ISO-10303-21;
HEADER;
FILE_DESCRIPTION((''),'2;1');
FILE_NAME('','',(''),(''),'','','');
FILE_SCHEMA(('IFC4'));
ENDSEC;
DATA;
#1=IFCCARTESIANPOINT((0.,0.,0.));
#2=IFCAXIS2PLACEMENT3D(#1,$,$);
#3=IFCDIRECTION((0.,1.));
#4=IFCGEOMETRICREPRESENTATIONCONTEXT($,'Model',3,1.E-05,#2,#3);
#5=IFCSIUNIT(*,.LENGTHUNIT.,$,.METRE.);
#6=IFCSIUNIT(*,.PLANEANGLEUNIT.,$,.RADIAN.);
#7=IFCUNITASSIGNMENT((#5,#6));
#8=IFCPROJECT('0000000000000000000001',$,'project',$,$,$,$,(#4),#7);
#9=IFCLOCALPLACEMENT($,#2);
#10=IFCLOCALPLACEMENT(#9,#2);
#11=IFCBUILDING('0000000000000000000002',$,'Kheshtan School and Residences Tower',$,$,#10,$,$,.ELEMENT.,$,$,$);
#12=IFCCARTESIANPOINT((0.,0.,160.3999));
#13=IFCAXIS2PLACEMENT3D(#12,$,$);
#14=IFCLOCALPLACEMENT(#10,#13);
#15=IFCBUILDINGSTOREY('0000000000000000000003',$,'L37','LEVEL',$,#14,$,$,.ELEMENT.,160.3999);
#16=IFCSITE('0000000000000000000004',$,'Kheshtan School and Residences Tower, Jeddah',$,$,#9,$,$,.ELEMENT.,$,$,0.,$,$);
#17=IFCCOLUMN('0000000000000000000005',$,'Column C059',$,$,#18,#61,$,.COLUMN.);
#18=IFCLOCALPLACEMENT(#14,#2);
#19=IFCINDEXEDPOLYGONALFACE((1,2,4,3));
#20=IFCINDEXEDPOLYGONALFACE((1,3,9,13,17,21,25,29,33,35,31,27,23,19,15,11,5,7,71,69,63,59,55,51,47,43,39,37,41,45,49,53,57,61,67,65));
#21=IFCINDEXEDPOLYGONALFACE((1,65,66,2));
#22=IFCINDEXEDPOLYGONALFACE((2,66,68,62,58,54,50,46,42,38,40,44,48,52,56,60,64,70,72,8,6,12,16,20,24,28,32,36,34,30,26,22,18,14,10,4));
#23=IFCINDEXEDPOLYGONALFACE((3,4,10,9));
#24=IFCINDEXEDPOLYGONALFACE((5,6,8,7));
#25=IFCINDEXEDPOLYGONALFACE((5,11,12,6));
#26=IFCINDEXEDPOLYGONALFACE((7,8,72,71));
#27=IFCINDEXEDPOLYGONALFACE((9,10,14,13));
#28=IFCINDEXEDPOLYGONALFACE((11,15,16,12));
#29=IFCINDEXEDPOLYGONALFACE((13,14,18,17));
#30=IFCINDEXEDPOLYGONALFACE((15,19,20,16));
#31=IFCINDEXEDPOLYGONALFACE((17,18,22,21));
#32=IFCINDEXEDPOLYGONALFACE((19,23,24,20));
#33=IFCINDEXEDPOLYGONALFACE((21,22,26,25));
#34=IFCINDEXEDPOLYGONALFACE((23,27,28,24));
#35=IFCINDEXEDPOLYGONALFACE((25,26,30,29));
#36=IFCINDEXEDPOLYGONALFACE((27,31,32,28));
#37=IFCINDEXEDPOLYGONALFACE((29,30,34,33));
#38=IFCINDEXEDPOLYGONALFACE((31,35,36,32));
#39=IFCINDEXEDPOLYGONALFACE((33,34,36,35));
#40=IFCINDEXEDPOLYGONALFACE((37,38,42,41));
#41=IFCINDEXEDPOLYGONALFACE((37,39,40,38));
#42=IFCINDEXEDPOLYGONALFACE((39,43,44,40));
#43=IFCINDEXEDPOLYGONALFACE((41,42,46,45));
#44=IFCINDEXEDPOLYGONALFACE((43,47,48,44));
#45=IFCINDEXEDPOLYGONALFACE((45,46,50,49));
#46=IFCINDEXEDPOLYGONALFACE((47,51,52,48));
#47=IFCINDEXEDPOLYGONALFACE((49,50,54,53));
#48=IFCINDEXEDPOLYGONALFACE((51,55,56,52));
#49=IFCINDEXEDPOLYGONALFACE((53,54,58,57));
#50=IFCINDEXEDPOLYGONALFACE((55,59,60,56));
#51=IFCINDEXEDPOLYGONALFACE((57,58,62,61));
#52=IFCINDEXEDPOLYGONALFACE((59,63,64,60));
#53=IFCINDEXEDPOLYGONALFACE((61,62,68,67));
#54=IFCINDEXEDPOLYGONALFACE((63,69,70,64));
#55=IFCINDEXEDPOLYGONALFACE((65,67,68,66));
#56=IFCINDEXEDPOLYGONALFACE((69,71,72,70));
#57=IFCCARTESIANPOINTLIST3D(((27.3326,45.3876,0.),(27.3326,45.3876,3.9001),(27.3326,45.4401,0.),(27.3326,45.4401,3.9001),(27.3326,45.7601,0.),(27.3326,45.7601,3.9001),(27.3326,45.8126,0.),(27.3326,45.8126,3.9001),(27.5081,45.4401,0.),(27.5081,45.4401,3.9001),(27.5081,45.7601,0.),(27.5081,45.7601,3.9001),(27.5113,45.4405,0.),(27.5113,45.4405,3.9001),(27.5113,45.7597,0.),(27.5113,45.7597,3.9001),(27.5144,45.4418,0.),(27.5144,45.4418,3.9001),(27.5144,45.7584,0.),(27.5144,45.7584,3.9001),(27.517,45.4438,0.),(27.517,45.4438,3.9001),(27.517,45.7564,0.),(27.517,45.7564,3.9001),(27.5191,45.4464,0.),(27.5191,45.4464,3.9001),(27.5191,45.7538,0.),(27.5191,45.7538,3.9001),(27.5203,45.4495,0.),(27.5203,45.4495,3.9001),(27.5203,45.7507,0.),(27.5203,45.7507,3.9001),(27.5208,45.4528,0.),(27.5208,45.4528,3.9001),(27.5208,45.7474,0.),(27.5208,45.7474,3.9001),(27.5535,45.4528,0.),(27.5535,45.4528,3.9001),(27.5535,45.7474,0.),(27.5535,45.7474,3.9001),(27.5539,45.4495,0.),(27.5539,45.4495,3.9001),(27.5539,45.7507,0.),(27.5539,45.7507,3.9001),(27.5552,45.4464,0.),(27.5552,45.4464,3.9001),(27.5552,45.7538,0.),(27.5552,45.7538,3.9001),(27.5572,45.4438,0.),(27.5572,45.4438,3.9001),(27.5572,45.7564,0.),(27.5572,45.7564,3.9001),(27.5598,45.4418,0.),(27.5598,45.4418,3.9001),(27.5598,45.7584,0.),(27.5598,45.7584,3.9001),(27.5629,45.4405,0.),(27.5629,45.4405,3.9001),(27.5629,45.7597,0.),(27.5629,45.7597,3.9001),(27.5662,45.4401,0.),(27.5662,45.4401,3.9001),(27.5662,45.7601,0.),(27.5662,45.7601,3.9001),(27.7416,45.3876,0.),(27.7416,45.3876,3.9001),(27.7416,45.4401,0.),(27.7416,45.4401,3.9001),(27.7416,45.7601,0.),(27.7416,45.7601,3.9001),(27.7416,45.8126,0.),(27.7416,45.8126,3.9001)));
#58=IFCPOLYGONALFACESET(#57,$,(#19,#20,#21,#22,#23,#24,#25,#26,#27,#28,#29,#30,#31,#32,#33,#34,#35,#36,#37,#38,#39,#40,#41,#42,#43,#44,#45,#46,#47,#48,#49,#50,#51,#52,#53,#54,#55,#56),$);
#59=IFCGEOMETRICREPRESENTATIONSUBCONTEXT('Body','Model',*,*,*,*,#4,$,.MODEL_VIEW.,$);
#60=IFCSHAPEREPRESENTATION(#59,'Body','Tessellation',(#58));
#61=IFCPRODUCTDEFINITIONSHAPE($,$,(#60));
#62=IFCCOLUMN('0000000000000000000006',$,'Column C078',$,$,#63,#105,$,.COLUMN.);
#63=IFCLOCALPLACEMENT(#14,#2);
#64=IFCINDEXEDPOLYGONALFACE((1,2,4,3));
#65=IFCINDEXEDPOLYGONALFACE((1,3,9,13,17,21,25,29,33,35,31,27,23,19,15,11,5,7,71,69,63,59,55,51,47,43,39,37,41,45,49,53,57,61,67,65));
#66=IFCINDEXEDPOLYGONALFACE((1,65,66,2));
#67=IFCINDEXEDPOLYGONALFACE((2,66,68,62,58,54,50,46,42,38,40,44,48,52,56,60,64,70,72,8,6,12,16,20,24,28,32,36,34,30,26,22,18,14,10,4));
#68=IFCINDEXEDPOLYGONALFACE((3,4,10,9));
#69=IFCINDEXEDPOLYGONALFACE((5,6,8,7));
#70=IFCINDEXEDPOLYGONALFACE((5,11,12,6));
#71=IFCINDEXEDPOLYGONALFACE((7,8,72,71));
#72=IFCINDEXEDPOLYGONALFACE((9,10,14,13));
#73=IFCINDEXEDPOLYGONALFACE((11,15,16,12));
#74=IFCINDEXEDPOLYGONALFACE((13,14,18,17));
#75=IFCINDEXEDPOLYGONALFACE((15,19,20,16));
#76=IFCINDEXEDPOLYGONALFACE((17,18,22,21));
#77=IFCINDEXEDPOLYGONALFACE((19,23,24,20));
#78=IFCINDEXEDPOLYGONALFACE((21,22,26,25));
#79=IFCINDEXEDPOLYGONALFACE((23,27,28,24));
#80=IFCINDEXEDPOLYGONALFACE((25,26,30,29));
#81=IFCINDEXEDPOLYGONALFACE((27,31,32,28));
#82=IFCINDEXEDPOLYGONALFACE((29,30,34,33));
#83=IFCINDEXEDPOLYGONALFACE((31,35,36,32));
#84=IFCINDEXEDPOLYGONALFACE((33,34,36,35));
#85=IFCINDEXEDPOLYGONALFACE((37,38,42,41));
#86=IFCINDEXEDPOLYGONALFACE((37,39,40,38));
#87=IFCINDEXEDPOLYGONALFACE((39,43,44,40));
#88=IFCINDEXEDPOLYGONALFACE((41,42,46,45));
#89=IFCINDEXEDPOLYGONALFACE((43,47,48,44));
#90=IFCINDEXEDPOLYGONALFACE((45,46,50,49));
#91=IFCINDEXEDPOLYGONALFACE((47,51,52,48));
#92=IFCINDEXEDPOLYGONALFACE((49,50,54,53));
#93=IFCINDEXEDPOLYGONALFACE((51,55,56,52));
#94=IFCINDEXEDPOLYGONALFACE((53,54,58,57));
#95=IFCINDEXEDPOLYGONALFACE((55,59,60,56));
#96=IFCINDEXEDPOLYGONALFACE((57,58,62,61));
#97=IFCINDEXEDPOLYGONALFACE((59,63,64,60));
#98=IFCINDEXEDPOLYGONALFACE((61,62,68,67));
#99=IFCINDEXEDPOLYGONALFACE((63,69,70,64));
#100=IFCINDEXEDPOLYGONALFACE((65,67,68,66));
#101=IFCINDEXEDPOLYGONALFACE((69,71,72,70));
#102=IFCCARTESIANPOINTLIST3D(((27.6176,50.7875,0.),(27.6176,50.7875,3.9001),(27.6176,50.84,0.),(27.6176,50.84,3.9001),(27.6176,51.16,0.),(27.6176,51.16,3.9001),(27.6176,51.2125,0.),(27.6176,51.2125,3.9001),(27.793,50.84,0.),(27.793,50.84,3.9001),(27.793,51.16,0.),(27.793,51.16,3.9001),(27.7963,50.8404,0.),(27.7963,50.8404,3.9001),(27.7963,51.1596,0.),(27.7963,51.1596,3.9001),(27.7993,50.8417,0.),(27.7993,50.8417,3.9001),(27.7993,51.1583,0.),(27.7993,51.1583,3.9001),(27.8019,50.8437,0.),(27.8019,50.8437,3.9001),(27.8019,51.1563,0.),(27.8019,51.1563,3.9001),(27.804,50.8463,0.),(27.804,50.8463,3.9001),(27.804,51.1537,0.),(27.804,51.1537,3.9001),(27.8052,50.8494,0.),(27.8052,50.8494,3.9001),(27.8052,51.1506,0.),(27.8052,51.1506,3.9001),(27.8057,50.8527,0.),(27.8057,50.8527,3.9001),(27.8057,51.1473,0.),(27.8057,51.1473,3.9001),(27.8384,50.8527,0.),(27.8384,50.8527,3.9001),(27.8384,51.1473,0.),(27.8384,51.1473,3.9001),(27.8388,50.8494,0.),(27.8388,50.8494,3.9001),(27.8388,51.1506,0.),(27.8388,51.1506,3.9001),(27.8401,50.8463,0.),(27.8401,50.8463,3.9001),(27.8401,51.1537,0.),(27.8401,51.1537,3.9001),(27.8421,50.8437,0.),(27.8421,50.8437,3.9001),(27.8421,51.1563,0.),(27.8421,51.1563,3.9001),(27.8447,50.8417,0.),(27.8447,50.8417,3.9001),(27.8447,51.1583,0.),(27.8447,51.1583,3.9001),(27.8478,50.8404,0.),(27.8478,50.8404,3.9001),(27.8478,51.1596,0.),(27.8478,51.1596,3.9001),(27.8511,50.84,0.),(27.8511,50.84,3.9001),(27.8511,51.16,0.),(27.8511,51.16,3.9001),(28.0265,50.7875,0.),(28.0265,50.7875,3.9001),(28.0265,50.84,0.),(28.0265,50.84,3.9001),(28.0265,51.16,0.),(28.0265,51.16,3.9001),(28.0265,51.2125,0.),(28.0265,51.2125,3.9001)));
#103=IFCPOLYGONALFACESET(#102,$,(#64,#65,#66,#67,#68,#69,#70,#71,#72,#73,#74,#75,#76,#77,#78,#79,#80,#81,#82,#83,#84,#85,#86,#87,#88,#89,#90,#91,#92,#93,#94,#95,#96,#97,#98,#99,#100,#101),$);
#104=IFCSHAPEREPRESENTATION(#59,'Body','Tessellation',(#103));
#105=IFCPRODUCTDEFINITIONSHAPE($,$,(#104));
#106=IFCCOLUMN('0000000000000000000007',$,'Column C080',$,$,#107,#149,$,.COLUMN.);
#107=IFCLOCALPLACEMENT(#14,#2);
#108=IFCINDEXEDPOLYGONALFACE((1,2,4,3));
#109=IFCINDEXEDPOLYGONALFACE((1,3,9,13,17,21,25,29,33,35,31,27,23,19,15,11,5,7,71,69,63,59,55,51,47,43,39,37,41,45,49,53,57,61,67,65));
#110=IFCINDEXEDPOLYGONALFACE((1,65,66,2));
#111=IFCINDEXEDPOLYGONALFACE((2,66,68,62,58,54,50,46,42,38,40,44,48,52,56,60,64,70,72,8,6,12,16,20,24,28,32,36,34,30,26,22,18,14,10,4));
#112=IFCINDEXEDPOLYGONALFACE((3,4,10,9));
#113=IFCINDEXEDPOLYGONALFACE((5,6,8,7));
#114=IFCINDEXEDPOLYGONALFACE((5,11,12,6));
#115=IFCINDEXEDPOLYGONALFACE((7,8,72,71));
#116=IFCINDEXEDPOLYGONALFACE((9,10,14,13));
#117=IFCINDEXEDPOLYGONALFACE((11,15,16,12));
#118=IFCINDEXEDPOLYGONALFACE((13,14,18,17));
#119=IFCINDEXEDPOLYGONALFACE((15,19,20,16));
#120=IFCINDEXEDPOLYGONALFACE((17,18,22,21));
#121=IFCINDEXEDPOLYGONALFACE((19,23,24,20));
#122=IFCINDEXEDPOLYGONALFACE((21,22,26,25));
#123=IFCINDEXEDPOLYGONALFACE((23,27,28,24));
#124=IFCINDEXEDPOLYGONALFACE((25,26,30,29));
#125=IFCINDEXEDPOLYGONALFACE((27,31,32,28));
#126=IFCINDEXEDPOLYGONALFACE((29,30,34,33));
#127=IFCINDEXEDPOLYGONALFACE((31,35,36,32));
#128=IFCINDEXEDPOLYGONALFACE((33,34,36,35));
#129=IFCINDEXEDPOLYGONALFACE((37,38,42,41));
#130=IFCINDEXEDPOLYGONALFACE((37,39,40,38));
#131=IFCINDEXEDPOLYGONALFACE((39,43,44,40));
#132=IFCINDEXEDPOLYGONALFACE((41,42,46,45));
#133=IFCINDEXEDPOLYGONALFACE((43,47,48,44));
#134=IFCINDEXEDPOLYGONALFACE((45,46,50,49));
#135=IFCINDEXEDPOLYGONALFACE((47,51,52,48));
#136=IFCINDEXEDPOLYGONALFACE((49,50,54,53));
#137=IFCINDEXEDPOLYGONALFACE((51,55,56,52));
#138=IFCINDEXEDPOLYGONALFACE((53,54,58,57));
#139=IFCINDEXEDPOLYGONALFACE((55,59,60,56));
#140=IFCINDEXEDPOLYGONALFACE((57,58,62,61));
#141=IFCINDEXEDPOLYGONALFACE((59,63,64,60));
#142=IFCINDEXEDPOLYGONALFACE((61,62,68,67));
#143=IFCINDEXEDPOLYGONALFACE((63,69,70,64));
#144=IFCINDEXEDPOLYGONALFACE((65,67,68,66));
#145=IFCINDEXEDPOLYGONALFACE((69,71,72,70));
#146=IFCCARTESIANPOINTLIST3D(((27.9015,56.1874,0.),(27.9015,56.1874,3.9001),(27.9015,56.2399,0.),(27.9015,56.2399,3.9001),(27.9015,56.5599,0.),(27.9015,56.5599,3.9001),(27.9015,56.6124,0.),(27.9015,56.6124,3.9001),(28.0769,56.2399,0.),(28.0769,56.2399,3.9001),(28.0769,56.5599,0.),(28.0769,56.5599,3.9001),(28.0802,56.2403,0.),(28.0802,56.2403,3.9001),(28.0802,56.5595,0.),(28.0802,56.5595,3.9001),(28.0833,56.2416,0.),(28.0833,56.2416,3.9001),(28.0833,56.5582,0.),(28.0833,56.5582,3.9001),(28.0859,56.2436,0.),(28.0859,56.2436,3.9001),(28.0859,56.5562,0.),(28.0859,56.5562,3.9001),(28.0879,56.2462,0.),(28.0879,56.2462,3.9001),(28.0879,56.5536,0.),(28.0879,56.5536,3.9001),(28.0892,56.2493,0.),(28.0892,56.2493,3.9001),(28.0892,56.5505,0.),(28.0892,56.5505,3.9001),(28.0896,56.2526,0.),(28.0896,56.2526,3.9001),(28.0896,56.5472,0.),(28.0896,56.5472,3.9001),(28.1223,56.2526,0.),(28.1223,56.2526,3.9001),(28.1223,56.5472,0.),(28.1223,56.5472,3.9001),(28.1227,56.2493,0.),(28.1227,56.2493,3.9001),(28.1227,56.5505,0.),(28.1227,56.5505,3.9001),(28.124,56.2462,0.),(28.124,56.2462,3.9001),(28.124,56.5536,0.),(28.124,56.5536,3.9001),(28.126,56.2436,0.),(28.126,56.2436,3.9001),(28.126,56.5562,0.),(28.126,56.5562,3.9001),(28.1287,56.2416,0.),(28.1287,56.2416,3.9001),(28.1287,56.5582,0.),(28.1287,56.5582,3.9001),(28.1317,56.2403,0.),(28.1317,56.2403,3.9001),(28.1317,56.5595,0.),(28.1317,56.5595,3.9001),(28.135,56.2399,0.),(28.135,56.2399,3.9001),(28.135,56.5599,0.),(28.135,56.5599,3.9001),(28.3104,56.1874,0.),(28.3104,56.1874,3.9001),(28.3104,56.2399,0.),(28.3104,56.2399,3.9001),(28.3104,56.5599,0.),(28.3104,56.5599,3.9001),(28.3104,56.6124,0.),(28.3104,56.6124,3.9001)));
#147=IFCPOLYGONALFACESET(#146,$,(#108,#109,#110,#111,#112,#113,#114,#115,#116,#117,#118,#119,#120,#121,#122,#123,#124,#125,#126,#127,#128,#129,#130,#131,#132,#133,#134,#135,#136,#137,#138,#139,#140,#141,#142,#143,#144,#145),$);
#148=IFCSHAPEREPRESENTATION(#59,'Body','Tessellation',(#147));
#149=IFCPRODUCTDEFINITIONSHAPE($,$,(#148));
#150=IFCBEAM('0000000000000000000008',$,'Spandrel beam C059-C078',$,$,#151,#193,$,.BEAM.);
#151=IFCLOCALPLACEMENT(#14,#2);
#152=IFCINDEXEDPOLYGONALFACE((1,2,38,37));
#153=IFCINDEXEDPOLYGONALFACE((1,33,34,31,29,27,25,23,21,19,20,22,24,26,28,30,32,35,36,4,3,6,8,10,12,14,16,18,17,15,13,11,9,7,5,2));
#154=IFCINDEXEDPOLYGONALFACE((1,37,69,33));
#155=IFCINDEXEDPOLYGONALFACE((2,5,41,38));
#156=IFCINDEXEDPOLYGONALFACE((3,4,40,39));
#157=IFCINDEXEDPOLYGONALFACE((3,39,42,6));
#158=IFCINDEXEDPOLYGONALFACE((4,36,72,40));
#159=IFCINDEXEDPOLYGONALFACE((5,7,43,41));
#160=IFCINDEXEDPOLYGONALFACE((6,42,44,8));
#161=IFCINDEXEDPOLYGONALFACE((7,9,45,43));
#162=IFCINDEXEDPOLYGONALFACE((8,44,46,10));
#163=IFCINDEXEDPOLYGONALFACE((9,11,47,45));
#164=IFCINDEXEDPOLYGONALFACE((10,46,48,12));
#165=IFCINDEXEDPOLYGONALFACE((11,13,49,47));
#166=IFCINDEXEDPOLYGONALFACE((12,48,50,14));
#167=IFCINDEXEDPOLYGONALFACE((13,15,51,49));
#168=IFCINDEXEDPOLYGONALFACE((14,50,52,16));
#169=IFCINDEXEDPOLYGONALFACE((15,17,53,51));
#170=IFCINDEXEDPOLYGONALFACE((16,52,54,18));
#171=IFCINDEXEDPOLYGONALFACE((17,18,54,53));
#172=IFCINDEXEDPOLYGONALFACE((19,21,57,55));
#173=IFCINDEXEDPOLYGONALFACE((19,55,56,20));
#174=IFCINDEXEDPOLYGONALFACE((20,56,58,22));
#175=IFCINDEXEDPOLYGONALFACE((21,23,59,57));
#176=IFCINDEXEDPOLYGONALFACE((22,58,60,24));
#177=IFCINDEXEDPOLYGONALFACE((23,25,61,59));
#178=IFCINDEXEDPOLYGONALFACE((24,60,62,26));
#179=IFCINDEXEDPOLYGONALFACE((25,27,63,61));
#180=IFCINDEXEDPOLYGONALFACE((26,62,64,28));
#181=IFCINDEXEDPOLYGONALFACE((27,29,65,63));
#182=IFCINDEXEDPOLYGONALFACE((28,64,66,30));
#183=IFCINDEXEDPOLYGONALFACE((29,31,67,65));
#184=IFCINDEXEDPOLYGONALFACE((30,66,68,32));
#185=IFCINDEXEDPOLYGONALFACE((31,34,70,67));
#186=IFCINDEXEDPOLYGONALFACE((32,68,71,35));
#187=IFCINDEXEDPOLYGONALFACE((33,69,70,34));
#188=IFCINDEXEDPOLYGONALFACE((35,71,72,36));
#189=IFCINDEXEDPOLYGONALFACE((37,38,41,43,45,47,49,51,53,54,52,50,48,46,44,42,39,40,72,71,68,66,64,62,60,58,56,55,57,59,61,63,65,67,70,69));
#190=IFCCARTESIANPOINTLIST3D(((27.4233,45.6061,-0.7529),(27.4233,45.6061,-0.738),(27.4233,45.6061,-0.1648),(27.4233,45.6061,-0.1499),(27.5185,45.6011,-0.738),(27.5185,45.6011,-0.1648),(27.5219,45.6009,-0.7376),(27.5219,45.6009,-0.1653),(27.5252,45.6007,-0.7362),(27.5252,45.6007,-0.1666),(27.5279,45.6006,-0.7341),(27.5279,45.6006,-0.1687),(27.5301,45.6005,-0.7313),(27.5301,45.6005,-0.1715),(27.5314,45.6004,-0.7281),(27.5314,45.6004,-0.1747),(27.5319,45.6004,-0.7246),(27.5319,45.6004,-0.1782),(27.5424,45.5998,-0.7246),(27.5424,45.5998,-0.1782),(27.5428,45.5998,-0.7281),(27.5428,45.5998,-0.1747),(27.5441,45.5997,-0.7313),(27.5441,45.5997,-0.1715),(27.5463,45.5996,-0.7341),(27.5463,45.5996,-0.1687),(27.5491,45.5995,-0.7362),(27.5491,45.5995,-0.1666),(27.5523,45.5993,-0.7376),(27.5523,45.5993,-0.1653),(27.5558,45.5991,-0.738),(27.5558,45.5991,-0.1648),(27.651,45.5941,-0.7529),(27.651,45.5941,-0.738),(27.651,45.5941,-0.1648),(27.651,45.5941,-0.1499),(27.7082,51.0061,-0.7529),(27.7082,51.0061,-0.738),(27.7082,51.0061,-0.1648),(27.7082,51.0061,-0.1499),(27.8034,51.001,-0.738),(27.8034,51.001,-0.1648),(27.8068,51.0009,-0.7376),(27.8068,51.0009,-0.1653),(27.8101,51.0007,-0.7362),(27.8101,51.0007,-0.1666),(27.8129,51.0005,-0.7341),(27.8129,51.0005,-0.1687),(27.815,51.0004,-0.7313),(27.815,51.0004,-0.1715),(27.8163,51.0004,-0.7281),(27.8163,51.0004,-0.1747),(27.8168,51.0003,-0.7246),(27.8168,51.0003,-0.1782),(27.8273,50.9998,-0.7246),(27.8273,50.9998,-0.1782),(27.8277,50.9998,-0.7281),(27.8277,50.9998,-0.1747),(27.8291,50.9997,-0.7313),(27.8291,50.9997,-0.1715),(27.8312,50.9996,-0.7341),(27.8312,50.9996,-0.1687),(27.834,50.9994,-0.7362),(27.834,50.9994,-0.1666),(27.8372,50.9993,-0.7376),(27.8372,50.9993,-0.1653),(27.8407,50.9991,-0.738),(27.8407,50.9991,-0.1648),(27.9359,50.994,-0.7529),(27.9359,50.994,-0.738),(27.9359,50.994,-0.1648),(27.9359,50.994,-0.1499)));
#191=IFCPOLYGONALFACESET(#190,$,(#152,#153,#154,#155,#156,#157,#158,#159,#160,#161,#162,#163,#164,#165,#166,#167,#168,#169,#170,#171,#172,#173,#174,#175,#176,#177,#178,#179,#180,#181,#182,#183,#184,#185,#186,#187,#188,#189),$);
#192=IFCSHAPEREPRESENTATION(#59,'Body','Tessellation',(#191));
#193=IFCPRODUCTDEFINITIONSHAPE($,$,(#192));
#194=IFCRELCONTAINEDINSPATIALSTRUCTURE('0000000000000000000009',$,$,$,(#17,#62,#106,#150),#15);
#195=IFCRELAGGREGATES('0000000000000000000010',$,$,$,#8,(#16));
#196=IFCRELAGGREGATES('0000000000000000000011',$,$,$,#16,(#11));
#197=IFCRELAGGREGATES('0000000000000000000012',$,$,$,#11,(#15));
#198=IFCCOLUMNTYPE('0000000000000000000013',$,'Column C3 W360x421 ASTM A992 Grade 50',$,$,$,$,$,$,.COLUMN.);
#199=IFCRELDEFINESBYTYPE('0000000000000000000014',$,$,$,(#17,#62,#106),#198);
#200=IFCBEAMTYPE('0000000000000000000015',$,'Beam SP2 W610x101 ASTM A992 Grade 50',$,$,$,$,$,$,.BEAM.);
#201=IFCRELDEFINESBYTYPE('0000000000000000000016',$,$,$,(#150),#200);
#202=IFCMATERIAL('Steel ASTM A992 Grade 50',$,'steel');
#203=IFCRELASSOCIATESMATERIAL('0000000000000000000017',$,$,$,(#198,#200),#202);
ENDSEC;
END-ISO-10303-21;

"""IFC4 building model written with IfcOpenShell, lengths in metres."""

from ifc_helpers import new_model, si_unit, direction, frame, origin, origin_2d, place, context, subcontext, project, spatial, i_section, extrude, material, material_profile, profile_set, type_object, element, save


model = new_model("IFC4")

# Units and contexts
model_context = context("Model", 3, precision=1e-05, world=origin(), true_north=direction((0.0, 1.0)))
body_context = subcontext(model_context, "Body", "Model", "MODEL_VIEW")
ifc_project = project(units=[si_unit("LENGTHUNIT", "METRE"), si_unit("PLANEANGLEUNIT", "RADIAN")], contexts=[model_context])

# Site, building, storey
site_placement = place(None, origin())
site = spatial("IfcSite", under=ifc_project, at=site_placement, Name="Kheshtan School and Residences Tower, Jeddah", CompositionType="ELEMENT", RefElevation=0.0)
building_placement = place(site_placement, origin())
building = spatial("IfcBuilding", under=site, at=building_placement, Name="Kheshtan School and Residences Tower", CompositionType="ELEMENT")
storey_placement = place(building_placement, frame((0.0, 0.0, 160.3999)))
storey = spatial("IfcBuildingStorey", under=building, at=storey_placement, Name="L37", Description="LEVEL", CompositionType="ELEMENT", Elevation=160.3999)

# Columns
ifc_material_1 = material(Name="Steel ASTM A992 Grade 50", Category="steel")
ifc_material_profile_1 = material_profile(ifc_material_1, i_section(OverallWidth=0.4089, OverallDepth=0.425, WebThickness=0.0327, FlangeThickness=0.0525, FilletRadius=0.0127, at=origin_2d()), Name="W360x421")
ifc_profile_set_1 = profile_set([ifc_material_profile_1], Name="Steel ASTM A992 Grade 50")
column_type = type_object("IfcColumnType", Name="Column C3 W360x421 ASTM A992 Grade 50", PredefinedType="COLUMN", material=ifc_profile_set_1)
for number, where, z_axis, x_axis, name in (
    (1, (27.5371, 45.6001, 0.0), (0.0, 0.0, 1.0), (1.0, 0.0, 0.0), "Column C059"),
    (2, (27.822, 51.0, 0.0), (0.0, 0.0, 1.0), (1.0, 0.0, 0.0), "Column C078"),
    (3, (28.106, 56.3999, 0.0), (0.0, 0.0, 1.0), (1.0, 0.0, 0.0), "Column C080"),
):
    element("IfcColumn", number, at=place(storey_placement, frame(where, z_axis=z_axis, x_axis=x_axis)), inside=storey, type_object=column_type, Name=name, PredefinedType="COLUMN", context=body_context, shape_type="SweptSolid", body=[
        extrude(i_section(OverallWidth=0.4089, OverallDepth=0.425, WebThickness=0.0327, FlangeThickness=0.0525, FilletRadius=0.0127, at=origin_2d()), origin(), (0.0, 0.0, 1.0), 3.9001),
    ])

# Beam
ifc_material_profile_2 = material_profile(ifc_material_1, i_section(OverallWidth=0.228, OverallDepth=0.603, WebThickness=0.0105, FlangeThickness=0.0149, FilletRadius=0.0134, at=origin_2d()), Name="W610x101")
ifc_profile_set_2 = profile_set([ifc_material_profile_2], Name="Steel ASTM A992 Grade 50")
beam_type = type_object("IfcBeamType", Name="Beam SP2 W610x101 ASTM A992 Grade 50", PredefinedType="BEAM", material=ifc_profile_set_2)
for number, where, z_axis, x_axis, name in (
    (4, (27.5371, 45.6001, -0.4514), (0.052689, 0.998611, 0.0), (-0.998611, 0.052689, 0.0), "Spandrel beam C059-C078"),
):
    element("IfcBeam", number, at=place(storey_placement, frame(where, z_axis=z_axis, x_axis=x_axis)), inside=storey, type_object=beam_type, Name=name, PredefinedType="BEAM", context=body_context, shape_type="SweptSolid", body=[
        extrude(i_section(OverallWidth=0.228, OverallDepth=0.603, WebThickness=0.0105, FlangeThickness=0.0149, FilletRadius=0.0134, at=origin_2d()), origin(), (0.0, 0.0, 1.0), 5.4075),
    ])

save(model, "model.ifc")
